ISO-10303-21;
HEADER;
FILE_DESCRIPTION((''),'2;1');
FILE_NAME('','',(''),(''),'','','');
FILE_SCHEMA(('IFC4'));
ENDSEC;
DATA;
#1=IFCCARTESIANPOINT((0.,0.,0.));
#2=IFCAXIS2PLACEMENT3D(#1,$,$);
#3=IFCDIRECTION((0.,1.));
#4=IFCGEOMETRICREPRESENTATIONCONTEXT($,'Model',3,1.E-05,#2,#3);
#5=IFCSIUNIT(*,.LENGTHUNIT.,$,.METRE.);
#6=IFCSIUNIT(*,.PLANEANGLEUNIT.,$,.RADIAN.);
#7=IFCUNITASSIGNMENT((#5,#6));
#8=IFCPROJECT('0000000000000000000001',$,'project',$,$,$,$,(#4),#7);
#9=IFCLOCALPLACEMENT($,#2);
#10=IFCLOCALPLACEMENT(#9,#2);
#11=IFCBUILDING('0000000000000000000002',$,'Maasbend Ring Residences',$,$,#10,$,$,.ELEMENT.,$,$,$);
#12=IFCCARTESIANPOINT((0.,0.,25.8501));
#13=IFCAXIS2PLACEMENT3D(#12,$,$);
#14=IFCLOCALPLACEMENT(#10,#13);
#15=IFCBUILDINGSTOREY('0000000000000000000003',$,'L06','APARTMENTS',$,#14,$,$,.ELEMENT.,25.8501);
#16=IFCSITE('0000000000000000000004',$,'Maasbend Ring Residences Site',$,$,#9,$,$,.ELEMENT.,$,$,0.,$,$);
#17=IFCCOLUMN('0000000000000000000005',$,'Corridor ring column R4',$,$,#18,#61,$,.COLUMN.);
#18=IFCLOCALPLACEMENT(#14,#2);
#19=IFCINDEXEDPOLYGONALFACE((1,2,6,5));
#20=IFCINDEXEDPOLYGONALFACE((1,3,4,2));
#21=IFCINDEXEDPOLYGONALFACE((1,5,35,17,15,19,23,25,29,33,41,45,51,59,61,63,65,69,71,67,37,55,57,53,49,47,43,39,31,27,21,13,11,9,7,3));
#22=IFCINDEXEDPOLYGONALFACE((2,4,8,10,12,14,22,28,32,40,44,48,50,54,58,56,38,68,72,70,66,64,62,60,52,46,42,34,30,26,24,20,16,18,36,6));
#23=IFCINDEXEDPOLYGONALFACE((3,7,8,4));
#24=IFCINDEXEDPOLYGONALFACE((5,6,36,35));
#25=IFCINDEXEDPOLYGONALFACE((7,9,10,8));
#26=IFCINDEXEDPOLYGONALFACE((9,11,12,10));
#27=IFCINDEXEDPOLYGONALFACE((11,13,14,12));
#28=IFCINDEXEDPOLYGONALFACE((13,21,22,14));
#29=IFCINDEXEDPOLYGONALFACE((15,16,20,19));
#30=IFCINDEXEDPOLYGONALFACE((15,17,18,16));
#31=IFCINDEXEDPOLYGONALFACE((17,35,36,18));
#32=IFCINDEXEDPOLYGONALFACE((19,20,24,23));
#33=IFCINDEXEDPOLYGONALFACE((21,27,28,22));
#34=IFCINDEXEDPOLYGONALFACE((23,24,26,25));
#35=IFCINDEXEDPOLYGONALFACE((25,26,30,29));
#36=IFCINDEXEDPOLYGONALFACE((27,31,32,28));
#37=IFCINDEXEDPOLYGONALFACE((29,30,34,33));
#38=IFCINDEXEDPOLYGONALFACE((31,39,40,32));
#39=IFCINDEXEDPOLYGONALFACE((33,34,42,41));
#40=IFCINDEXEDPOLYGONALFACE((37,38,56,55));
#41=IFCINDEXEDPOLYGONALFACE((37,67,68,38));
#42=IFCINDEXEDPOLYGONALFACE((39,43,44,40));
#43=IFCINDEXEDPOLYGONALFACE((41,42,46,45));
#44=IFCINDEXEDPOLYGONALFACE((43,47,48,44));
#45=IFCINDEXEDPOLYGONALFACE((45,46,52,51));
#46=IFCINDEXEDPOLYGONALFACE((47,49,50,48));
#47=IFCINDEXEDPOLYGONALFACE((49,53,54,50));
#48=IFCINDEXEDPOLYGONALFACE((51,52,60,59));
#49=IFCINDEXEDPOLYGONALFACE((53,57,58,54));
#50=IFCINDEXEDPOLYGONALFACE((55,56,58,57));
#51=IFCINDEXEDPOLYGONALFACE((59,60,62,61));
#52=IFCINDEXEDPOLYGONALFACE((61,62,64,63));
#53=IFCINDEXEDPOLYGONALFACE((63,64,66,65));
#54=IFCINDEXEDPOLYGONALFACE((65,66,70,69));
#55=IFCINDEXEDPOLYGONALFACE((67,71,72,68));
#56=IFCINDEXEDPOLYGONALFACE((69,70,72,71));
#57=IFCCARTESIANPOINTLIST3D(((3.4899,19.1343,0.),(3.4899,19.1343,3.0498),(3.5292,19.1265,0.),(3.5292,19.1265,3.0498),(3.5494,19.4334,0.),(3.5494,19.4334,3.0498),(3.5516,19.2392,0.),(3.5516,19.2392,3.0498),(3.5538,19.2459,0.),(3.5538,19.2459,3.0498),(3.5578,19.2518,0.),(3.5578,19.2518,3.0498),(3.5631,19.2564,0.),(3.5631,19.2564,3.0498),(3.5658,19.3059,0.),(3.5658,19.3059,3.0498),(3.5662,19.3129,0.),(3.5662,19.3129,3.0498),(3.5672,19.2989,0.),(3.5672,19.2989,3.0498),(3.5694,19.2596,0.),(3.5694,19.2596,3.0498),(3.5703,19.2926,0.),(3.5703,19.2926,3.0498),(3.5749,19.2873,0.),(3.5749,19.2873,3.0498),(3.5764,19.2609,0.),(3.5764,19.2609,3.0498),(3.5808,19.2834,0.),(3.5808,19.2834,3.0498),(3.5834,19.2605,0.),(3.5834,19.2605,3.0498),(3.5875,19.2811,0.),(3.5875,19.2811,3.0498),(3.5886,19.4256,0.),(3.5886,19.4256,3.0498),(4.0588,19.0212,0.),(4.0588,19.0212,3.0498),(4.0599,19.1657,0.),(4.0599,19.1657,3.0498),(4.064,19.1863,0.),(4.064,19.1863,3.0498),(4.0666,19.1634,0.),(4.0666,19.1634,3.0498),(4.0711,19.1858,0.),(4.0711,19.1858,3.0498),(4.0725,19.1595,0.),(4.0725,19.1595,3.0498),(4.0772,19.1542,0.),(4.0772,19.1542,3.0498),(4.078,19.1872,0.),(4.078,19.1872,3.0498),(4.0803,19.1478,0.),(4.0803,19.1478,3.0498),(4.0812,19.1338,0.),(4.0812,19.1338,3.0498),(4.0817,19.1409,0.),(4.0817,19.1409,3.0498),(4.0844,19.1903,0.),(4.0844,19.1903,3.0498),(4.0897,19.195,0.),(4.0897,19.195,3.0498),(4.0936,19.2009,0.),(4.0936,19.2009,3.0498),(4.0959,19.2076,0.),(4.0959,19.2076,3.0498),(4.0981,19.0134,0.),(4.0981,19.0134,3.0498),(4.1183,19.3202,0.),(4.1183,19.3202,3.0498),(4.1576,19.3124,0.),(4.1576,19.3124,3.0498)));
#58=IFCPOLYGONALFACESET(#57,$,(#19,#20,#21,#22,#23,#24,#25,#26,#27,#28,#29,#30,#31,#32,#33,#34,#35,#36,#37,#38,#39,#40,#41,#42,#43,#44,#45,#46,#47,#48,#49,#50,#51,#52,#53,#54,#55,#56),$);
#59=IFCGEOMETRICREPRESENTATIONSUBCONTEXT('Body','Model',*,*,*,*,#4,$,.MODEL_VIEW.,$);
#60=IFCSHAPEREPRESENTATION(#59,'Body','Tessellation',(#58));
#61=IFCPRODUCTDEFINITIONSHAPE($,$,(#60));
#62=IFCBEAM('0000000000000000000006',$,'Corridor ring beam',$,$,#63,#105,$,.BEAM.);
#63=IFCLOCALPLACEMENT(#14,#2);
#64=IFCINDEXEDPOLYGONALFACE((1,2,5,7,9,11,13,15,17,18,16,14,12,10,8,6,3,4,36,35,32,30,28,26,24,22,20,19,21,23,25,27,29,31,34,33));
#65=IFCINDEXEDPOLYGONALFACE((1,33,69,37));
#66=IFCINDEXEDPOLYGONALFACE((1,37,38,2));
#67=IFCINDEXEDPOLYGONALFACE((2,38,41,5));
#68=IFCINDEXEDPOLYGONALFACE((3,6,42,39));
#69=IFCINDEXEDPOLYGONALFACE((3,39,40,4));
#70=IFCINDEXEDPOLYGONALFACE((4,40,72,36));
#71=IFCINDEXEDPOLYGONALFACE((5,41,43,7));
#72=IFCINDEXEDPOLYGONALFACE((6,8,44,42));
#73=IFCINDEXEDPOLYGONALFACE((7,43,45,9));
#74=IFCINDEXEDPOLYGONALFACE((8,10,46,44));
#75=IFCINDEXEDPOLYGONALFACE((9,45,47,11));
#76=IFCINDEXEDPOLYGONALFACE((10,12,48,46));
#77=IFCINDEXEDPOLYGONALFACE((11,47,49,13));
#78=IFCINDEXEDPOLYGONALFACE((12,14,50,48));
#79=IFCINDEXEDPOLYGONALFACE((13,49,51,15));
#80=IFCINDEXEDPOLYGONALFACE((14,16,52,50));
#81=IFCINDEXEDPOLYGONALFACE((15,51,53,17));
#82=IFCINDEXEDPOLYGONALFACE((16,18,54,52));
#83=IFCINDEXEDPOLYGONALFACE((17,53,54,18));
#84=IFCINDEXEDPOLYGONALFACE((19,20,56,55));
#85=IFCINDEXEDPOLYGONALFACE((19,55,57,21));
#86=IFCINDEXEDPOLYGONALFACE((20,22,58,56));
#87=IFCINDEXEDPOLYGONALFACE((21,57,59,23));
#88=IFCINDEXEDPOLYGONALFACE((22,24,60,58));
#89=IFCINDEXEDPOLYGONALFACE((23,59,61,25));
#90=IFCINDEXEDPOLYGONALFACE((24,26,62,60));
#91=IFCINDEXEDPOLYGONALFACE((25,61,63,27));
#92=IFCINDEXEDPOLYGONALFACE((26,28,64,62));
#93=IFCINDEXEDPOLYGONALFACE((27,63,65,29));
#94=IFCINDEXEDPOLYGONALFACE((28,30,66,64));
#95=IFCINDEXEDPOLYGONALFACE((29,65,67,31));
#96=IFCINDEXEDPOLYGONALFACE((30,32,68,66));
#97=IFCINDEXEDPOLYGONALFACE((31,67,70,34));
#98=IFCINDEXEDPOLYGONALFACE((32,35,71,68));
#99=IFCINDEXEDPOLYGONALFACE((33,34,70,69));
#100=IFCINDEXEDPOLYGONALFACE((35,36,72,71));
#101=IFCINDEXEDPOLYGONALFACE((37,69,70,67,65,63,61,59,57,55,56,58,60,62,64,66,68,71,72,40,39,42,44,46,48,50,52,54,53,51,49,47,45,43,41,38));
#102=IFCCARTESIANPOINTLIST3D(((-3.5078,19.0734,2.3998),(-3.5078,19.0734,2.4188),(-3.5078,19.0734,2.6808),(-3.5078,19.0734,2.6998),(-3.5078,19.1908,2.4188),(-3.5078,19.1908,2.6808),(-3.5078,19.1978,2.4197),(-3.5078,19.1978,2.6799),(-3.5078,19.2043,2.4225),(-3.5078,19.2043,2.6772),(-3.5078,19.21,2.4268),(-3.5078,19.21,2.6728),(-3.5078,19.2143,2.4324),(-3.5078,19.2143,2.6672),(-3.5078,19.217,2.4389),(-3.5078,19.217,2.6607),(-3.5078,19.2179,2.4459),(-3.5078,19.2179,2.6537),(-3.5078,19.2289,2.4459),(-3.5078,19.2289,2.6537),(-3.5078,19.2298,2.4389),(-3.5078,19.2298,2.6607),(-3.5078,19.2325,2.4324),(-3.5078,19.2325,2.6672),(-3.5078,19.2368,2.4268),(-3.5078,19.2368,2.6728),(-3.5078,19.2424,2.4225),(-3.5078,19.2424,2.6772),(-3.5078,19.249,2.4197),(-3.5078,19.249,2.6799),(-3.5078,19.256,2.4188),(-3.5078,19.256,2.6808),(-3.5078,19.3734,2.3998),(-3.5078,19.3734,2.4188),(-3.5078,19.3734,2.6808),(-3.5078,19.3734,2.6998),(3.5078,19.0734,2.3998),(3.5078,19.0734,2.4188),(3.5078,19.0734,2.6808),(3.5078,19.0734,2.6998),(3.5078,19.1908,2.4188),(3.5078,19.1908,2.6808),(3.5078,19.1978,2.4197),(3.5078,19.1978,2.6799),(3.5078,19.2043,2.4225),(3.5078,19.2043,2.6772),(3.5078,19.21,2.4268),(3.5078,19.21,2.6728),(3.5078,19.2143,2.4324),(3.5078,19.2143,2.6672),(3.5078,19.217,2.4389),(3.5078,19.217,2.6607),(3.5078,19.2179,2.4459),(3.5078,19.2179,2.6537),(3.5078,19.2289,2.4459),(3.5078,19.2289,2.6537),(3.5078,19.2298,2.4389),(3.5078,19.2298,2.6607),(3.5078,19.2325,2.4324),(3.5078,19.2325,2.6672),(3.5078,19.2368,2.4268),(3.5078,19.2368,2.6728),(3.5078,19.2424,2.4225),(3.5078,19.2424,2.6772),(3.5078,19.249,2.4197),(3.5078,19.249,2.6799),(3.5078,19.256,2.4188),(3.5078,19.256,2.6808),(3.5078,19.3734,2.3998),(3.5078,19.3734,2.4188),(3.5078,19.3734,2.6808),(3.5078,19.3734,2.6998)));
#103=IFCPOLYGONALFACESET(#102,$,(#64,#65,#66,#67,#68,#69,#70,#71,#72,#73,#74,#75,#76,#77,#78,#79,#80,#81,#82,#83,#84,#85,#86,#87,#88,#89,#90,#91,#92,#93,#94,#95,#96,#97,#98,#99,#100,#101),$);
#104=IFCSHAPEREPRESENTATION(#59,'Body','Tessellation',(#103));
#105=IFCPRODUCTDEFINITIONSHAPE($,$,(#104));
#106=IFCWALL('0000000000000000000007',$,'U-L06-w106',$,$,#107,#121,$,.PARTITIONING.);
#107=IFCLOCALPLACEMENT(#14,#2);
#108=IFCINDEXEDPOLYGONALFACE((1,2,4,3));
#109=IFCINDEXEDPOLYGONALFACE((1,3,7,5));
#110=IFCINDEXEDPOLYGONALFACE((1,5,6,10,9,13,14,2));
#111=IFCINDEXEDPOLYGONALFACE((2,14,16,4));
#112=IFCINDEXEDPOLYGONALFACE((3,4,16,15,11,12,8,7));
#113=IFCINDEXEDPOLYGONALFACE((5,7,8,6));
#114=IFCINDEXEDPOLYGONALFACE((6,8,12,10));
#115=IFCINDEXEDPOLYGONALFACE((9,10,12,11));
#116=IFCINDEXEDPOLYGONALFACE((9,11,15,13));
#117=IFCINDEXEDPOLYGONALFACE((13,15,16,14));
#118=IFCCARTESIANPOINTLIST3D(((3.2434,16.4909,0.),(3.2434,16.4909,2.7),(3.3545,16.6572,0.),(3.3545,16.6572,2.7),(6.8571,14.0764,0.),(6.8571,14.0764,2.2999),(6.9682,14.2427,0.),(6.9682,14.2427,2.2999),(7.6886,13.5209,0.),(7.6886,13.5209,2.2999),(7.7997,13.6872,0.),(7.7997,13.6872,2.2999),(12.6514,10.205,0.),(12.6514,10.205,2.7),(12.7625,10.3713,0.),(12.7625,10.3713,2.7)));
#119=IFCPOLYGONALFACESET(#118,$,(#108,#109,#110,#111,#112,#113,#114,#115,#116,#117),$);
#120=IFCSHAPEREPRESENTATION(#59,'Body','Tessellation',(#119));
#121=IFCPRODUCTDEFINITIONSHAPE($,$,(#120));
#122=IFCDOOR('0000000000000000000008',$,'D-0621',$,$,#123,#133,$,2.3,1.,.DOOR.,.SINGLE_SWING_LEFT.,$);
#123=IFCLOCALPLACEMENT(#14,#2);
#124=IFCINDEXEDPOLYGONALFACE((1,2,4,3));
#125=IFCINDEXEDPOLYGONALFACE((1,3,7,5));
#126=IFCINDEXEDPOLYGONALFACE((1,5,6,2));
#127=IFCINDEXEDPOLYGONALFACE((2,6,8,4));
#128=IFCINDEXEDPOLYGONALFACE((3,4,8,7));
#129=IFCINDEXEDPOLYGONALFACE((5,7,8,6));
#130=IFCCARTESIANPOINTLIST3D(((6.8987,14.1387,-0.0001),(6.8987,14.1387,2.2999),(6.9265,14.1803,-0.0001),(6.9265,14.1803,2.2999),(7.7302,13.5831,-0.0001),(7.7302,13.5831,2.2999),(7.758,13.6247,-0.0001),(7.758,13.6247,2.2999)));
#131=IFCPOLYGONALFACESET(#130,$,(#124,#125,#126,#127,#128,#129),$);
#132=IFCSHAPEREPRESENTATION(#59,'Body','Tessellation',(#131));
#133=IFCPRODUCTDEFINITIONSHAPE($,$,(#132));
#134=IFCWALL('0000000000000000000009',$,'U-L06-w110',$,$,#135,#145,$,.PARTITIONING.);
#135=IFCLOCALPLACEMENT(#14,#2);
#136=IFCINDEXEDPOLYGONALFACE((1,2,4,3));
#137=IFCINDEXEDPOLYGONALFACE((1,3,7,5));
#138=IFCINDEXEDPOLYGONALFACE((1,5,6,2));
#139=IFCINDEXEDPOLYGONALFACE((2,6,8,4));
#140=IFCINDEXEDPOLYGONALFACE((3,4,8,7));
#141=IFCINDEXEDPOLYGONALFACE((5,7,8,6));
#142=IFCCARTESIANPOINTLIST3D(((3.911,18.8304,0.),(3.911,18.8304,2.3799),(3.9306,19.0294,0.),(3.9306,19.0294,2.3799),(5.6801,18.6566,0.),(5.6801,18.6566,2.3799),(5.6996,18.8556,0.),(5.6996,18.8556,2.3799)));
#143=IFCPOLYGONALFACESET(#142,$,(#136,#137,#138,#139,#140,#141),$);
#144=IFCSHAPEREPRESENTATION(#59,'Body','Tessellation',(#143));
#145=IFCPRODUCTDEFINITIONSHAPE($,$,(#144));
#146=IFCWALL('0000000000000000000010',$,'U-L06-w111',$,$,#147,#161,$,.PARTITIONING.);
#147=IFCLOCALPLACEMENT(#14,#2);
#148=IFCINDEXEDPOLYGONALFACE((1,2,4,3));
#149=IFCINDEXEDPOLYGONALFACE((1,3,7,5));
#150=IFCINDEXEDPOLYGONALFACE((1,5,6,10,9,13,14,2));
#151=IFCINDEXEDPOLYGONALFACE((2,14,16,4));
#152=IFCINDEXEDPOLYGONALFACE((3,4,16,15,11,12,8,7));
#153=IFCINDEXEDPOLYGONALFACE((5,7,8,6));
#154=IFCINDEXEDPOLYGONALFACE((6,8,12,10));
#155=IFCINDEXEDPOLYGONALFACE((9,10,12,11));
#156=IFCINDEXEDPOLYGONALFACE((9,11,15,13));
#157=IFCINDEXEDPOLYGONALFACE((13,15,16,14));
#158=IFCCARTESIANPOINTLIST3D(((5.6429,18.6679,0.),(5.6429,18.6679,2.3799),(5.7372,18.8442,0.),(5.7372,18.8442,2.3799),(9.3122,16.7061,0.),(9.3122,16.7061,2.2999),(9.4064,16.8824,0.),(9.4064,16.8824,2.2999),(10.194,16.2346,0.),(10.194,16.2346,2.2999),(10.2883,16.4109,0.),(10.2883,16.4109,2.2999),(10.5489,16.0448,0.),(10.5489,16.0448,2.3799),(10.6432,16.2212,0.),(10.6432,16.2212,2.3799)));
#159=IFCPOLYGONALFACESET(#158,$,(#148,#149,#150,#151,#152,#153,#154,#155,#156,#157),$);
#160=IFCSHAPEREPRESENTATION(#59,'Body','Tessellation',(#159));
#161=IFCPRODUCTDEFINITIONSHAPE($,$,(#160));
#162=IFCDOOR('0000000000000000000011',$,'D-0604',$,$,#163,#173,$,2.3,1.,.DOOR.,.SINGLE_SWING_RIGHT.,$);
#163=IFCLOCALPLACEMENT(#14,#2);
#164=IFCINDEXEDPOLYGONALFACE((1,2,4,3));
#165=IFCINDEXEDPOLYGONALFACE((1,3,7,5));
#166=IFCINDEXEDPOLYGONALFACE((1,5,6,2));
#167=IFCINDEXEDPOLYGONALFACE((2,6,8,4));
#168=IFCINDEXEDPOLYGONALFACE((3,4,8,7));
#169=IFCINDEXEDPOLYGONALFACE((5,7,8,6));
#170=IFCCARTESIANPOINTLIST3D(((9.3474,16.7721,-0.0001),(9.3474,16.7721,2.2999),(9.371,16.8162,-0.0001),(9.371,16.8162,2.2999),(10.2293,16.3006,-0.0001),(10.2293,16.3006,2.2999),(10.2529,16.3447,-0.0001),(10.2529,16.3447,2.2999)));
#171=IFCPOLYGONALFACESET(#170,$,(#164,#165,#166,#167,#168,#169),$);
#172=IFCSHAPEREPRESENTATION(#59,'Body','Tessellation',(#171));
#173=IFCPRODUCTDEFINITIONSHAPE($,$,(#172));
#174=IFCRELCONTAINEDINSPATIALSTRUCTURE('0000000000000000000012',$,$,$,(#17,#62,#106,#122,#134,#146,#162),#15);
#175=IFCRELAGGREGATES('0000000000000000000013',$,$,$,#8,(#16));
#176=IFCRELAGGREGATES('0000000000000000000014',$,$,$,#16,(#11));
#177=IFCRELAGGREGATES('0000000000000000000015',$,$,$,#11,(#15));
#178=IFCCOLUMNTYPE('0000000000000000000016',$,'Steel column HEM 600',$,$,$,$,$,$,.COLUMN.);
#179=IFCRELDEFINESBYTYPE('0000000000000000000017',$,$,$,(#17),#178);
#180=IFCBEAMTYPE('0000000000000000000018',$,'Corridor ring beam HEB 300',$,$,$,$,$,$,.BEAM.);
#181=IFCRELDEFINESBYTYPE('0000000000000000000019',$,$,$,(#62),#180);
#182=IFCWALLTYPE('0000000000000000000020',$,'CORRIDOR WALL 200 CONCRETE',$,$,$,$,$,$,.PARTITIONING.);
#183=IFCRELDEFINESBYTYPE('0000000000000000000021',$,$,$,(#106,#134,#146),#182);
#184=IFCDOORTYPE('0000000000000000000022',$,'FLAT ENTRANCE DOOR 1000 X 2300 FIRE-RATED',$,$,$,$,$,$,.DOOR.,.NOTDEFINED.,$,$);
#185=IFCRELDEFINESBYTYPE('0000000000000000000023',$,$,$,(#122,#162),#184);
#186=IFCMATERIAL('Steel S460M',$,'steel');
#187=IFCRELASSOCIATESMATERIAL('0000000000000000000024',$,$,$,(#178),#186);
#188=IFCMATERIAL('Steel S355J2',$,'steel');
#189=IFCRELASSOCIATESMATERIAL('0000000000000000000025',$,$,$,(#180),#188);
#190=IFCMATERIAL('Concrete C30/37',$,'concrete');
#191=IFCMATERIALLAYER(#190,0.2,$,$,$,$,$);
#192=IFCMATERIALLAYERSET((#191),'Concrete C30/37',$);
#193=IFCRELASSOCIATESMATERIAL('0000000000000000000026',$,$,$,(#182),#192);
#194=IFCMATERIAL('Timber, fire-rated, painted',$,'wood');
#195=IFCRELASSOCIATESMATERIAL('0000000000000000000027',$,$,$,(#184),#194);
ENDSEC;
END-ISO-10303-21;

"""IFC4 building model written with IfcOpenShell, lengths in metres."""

from ifc_helpers import new_model, si_unit, direction, frame, frame_2d, origin, origin_2d, place, context, subcontext, project, spatial, rectangle, i_section, extrude, material, layer, layer_set, material_profile, profile_set, type_object, element, fill, save


model = new_model("IFC4")

# Units and contexts
model_context = context("Model", 3, precision=1e-05, world=origin(), true_north=direction((0.0, 1.0)))
body_context = subcontext(model_context, "Body", "Model", "MODEL_VIEW")
ifc_project = project(units=[si_unit("LENGTHUNIT", "METRE"), si_unit("PLANEANGLEUNIT", "RADIAN")], contexts=[model_context])

# Site, building, storey
site_placement = place(None, origin())
site = spatial("IfcSite", under=ifc_project, at=site_placement, Name="Maasbend Ring Residences Site", CompositionType="ELEMENT", RefElevation=0.0)
building_placement = place(site_placement, origin())
building = spatial("IfcBuilding", under=site, at=building_placement, Name="Maasbend Ring Residences", CompositionType="ELEMENT")
storey_placement = place(building_placement, frame((0.0, 0.0, 25.8501)))
storey = spatial("IfcBuildingStorey", under=building, at=storey_placement, Name="L06", Description="APARTMENTS", CompositionType="ELEMENT", Elevation=25.8501)

# Column
ifc_material_1 = material(Name="Steel S460M", Category="steel")
ifc_material_profile_1 = material_profile(ifc_material_1, i_section(OverallWidth=0.3049, OverallDepth=0.6201, WebThickness=0.021, FlangeThickness=0.04, FilletRadius=0.0271, at=origin_2d()), Name="HEM 600")
ifc_profile_set_1 = profile_set([ifc_material_profile_1], Name="Steel S460M")
column_type = type_object("IfcColumnType", Name="Steel column HEM 600", PredefinedType="COLUMN", material=ifc_profile_set_1)
column_placement = place(storey_placement, frame((3.8237, 19.2234, 0.0), z_axis=(0.0, 0.0, 1.0), x_axis=(0.19509, 0.980785, 0.0)))
element("IfcColumn", 1, at=column_placement, inside=storey, type_object=column_type, Name="Corridor ring column R4", PredefinedType="COLUMN", context=body_context, shape_type="SweptSolid", body=[
    extrude(i_section(OverallWidth=0.3049, OverallDepth=0.6201, WebThickness=0.021, FlangeThickness=0.04, FilletRadius=0.0271, at=origin_2d()), origin(), (0.0, 0.0, 1.0), 3.0498),
])

# Beam
ifc_material_2 = material(Name="Steel S355J2", Category="steel")
ifc_material_profile_2 = material_profile(ifc_material_2, i_section(OverallWidth=0.3, OverallDepth=0.3, WebThickness=0.011, FlangeThickness=0.019, FilletRadius=0.0271, at=origin_2d()), Name="HEB 300")
ifc_profile_set_2 = profile_set([ifc_material_profile_2], Name="Steel S355J2")
beam_type = type_object("IfcBeamType", Name="Corridor ring beam HEB 300", PredefinedType="BEAM", material=ifc_profile_set_2)
beam_placement = place(storey_placement, frame((3.5078, 19.2234, 2.5498), z_axis=(-1.0, 0.0, 0.0), x_axis=(0.0, -1.0, 0.0)))
element("IfcBeam", 2, at=beam_placement, inside=storey, type_object=beam_type, Name="Corridor ring beam", PredefinedType="BEAM", context=body_context, shape_type="SweptSolid", body=[
    extrude(i_section(OverallWidth=0.3, OverallDepth=0.3, WebThickness=0.011, FlangeThickness=0.019, FilletRadius=0.0271, at=origin_2d()), origin(), (0.0, 0.0, 1.0), 7.0156),
])

# Wall, opening, door
ifc_material_3 = material(Name="Concrete C30/37", Category="concrete")
ifc_layer_1 = layer(ifc_material_3, 0.2)
ifc_layer_set_1 = layer_set([ifc_layer_1], Name="Concrete C30/37")
wall_type_1 = type_object("IfcWallType", Name="CORRIDOR WALL 200 CONCRETE", PredefinedType="PARTITIONING", material=ifc_layer_set_1)
wall_1_placement = place(storey_placement, frame((3.2991, 16.574, 0.0), z_axis=(0.0, 0.0, 1.0), x_axis=(0.831482, -0.555551, 0.0)))
wall_1 = element("IfcWall", 3, at=wall_1_placement, inside=storey, type_object=wall_type_1, Name="U-L06-w106", PredefinedType="PARTITIONING", context=body_context, shape_type="SweptSolid", body=[
    extrude(rectangle(XDim=11.3147, YDim=0.2, at=frame_2d((5.6572, 0.0))), origin(), (0.0, 0.0, 1.0), 2.7),
])
opening_1_placement = place(wall_1_placement, frame((4.3459, 0.0, 0.0)))
opening_1 = element("IfcOpeningElement", 4, at=opening_1_placement, cuts=wall_1, PredefinedType="OPENING", context=body_context, shape_type="SweptSolid", body=[
    extrude(rectangle(XDim=1.0, YDim=2.3, at=frame_2d((0.5, 1.1499))), frame((0.0, 0.1099, 0.0), z_axis=(0.0, -1.0, 0.0), x_axis=(1.0, 0.0, 0.0)), (0.0, 0.0, 1.0), 0.22),
])
ifc_material_4 = material(Name="Timber, fire-rated, painted", Category="wood")
door_type_1 = type_object("IfcDoorType", Name="FLAT ENTRANCE DOOR 1000 X 2300 FIRE-RATED", OperationType="NOTDEFINED", PredefinedType="DOOR", material=ifc_material_4)
door_1_placement = place(opening_1_placement, origin())
door_1 = element("IfcDoor", 5, at=door_1_placement, inside=storey, type_object=door_type_1, Name="D-0621", OperationType="SINGLE_SWING_LEFT", OverallHeight=2.3, OverallWidth=1.0, PredefinedType="DOOR", context=body_context, shape_type="SweptSolid", body=[
    extrude(rectangle(XDim=1.0, YDim=2.3, at=frame_2d((0.5, 1.1499))), frame((0.0, 0.0249, 0.0), z_axis=(0.0, -1.0, 0.0), x_axis=(1.0, 0.0, 0.0)), (0.0, 0.0, 1.0), 0.05),
])
fill(opening_1, door_1)

# Wall
wall_2_placement = place(storey_placement, frame((3.9209, 18.9299, 0.0), z_axis=(0.0, 0.0, 1.0), x_axis=(0.995207, -0.09779, 0.0)))
element("IfcWall", 6, at=wall_2_placement, inside=storey, type_object=wall_type_1, Name="U-L06-w110", PredefinedType="PARTITIONING", context=body_context, shape_type="SweptSolid", body=[
    extrude(rectangle(XDim=1.7776, YDim=0.2, at=frame_2d((0.8887, 0.0))), origin(), (0.0, 0.0, 1.0), 2.3799),
])

# Wall, opening, door
wall_3_placement = place(storey_placement, frame((5.6899, 18.7561, 0.0), z_axis=(0.0, 0.0, 1.0), x_axis=(0.881867, -0.471499, 0.0)))
wall_3 = element("IfcWall", 7, at=wall_3_placement, inside=storey, type_object=wall_type_1, Name="U-L06-w111", PredefinedType="PARTITIONING", context=body_context, shape_type="SweptSolid", body=[
    extrude(rectangle(XDim=5.5632, YDim=0.2, at=frame_2d((2.7817, 0.0))), origin(), (0.0, 0.0, 1.0), 2.3799),
])
opening_2_placement = place(wall_3_placement, frame((4.1609, 0.0, 0.0)))
opening_2 = element("IfcOpeningElement", 8, at=opening_2_placement, cuts=wall_3, PredefinedType="OPENING", context=body_context, shape_type="SweptSolid", body=[
    extrude(rectangle(XDim=1.0, YDim=2.3, at=frame_2d((0.5, 1.1499))), frame((0.0, 0.1099, 0.0), z_axis=(0.0, -1.0, 0.0), x_axis=(1.0, 0.0, 0.0)), (0.0, 0.0, 1.0), 0.22),
])
door_2_placement = place(opening_2_placement, origin())
door_2 = element("IfcDoor", 9, at=door_2_placement, inside=storey, type_object=door_type_1, Name="D-0604", OperationType="SINGLE_SWING_RIGHT", OverallHeight=2.3, OverallWidth=1.0, PredefinedType="DOOR", context=body_context, shape_type="SweptSolid", body=[
    extrude(rectangle(XDim=1.0, YDim=2.3, at=frame_2d((0.5, 1.1499))), frame((0.0, 0.0249, 0.0), z_axis=(0.0, -1.0, 0.0), x_axis=(1.0, 0.0, 0.0)), (0.0, 0.0, 1.0), 0.05),
])
fill(opening_2, door_2)

save(model, "model.ifc")
